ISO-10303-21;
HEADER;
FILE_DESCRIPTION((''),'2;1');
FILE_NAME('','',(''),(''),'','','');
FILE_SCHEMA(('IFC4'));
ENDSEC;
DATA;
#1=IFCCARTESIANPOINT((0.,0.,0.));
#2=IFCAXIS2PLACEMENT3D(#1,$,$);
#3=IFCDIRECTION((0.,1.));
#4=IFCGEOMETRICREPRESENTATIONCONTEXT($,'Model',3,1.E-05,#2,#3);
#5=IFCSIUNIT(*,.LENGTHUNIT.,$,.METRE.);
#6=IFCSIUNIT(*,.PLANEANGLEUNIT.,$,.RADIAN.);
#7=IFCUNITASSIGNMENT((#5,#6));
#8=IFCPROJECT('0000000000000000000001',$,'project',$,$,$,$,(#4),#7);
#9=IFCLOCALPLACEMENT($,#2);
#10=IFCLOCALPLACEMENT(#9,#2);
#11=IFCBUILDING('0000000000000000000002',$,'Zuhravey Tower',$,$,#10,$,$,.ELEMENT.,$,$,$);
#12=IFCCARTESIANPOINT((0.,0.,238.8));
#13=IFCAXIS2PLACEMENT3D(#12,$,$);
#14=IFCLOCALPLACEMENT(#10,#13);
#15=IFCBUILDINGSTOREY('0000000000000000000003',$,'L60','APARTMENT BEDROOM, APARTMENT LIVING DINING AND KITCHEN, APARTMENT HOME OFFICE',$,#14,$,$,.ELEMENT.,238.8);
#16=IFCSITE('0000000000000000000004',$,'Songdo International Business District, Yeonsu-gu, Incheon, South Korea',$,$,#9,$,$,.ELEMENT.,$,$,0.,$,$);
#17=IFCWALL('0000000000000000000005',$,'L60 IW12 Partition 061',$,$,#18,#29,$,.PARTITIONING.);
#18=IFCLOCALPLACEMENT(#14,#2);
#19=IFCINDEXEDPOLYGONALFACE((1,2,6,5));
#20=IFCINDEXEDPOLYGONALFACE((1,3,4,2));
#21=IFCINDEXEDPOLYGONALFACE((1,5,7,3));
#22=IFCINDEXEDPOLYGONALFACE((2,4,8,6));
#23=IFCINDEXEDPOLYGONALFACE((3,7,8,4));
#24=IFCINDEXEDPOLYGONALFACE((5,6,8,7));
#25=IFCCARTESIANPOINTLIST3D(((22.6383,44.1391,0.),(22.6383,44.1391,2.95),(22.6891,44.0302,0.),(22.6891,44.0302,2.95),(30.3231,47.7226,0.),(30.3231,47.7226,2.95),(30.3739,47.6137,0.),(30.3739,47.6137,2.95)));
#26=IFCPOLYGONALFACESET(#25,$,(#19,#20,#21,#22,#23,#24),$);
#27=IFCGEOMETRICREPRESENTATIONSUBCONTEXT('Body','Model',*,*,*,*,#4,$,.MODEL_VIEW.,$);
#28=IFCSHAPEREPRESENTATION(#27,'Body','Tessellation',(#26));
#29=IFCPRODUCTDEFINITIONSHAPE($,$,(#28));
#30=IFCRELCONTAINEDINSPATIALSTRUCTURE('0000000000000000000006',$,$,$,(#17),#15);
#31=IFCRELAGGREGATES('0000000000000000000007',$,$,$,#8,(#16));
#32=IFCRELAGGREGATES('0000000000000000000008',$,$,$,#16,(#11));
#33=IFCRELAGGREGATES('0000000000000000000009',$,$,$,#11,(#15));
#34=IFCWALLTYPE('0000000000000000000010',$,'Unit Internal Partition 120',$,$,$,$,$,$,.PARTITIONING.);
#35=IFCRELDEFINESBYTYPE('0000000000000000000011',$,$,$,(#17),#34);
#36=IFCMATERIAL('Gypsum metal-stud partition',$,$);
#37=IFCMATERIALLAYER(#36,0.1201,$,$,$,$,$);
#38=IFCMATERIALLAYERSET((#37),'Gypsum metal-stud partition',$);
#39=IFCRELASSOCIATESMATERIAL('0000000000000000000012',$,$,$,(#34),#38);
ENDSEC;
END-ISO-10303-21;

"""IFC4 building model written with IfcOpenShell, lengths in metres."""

from ifc_helpers import new_model, si_unit, direction, frame, frame_2d, origin, place, context, subcontext, project, spatial, rectangle, extrude, material, layer, layer_set, type_object, element, save


model = new_model("IFC4")

# Units and contexts
model_context = context("Model", 3, precision=1e-05, world=origin(), true_north=direction((0.0, 1.0)))
body_context = subcontext(model_context, "Body", "Model", "MODEL_VIEW")
ifc_project = project(units=[si_unit("LENGTHUNIT", "METRE"), si_unit("PLANEANGLEUNIT", "RADIAN")], contexts=[model_context])

# Site, building, storey
site_placement = place(None, origin())
site = spatial("IfcSite", under=ifc_project, at=site_placement, Name="Songdo International Business District, Yeonsu-gu, Incheon, South Korea", CompositionType="ELEMENT", RefElevation=0.0)
building_placement = place(site_placement, origin())
building = spatial("IfcBuilding", under=site, at=building_placement, Name="Zuhravey Tower", CompositionType="ELEMENT")
storey_placement = place(building_placement, frame((0.0, 0.0, 238.8)))
storey = spatial("IfcBuildingStorey", under=building, at=storey_placement, Name="L60", Description="APARTMENT BEDROOM, APARTMENT LIVING DINING AND KITCHEN, APARTMENT HOME OFFICE", CompositionType="ELEMENT", Elevation=238.8)

# Shared definitions
ifc_material_1 = material(Name="Gypsum metal-stud partition")
ifc_layer_1 = layer(ifc_material_1, 0.1201)
ifc_layer_set_1 = layer_set([ifc_layer_1], Name="Gypsum metal-stud partition")
wall_type_1 = type_object("IfcWallType", Name="Unit Internal Partition 120", PredefinedType="PARTITIONING", material=ifc_layer_set_1)

# Wall
wall_1_placement = place(storey_placement, frame((30.3486, 47.6682, 0.0), z_axis=(0.0, 0.0, 1.0), x_axis=(-0.906307, -0.422619, 0.0)))
element("IfcWall", 1, at=wall_1_placement, inside=storey, type_object=wall_type_1, Name="L60 IW12 Partition 061", PredefinedType="PARTITIONING", context=body_context, shape_type="SweptSolid", body=[
    extrude(rectangle(XDim=8.4792, YDim=0.1201, at=frame_2d((4.2397, 0.0))), origin(), (0.0, 0.0, 1.0), 2.95),
])

save(model, "model.ifc")
